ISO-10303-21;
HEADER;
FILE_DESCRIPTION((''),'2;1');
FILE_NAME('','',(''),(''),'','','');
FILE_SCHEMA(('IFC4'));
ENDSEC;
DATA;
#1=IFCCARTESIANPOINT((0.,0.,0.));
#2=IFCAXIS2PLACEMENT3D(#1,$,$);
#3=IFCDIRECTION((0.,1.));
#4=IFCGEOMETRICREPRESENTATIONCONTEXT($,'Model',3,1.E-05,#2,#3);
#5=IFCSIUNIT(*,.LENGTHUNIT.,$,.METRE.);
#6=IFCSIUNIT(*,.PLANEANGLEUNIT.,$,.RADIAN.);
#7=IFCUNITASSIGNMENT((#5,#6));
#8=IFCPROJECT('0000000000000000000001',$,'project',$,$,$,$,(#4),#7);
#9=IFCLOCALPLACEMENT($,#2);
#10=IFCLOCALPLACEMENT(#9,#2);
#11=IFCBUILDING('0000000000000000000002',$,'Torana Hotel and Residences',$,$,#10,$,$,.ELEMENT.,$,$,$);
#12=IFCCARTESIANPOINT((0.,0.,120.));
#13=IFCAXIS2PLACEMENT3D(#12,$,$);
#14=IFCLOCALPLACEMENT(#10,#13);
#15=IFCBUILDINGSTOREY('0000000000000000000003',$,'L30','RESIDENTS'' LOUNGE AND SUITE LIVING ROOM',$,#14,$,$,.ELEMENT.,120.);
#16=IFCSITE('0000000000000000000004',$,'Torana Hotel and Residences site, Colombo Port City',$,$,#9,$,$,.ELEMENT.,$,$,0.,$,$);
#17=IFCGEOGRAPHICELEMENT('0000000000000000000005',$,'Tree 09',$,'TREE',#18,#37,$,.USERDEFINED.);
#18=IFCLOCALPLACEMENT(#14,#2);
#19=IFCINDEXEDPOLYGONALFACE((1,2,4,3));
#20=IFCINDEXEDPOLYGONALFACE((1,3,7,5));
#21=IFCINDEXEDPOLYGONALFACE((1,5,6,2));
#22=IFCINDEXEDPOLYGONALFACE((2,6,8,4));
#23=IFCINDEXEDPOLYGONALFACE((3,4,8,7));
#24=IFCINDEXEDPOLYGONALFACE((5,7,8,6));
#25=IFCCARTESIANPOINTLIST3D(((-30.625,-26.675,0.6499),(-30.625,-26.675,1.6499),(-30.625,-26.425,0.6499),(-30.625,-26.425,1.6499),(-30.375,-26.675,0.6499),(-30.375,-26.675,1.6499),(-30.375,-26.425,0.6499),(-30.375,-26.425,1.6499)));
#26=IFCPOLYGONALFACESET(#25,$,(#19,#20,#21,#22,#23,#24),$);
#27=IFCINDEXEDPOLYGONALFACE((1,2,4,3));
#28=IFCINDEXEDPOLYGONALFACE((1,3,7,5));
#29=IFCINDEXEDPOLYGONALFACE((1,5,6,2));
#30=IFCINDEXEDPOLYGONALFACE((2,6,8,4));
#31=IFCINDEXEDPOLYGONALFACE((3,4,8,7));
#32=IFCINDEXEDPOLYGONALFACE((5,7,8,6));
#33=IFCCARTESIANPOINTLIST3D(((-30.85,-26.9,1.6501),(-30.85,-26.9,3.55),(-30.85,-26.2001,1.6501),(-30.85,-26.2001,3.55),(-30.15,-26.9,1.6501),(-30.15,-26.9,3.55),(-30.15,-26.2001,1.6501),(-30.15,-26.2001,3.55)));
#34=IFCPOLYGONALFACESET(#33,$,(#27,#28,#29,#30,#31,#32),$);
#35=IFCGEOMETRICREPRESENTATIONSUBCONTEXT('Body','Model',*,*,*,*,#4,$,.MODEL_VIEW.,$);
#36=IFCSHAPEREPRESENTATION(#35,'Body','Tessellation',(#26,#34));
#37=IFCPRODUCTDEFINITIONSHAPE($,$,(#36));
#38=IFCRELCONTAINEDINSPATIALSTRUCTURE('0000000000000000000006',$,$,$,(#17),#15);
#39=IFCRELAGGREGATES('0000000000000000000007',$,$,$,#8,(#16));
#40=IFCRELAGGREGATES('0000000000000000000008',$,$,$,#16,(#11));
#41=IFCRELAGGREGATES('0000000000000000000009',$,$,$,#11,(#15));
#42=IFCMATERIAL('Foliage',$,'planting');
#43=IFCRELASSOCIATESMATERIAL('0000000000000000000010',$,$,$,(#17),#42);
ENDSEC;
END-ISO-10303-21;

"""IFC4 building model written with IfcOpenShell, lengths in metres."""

from ifc_helpers import new_model, si_unit, direction, frame, origin, origin_2d, place, context, subcontext, project, spatial, rectangle, extrude, material, element, save


model = new_model("IFC4")

# Units and contexts
model_context = context("Model", 3, precision=1e-05, world=origin(), true_north=direction((0.0, 1.0)))
body_context = subcontext(model_context, "Body", "Model", "MODEL_VIEW")
ifc_project = project(units=[si_unit("LENGTHUNIT", "METRE"), si_unit("PLANEANGLEUNIT", "RADIAN")], contexts=[model_context])

# Site, building, storey
site_placement = place(None, origin())
site = spatial("IfcSite", under=ifc_project, at=site_placement, Name="Torana Hotel and Residences site, Colombo Port City", CompositionType="ELEMENT", RefElevation=0.0)
building_placement = place(site_placement, origin())
building = spatial("IfcBuilding", under=site, at=building_placement, Name="Torana Hotel and Residences", CompositionType="ELEMENT")
storey_placement = place(building_placement, frame((0.0, 0.0, 120.0)))
storey = spatial("IfcBuildingStorey", under=building, at=storey_placement, Name="L30", Description="RESIDENTS' LOUNGE AND SUITE LIVING ROOM", CompositionType="ELEMENT", Elevation=120.0)

# Geographic element
ifc_material_1 = material(Name="Foliage", Category="planting")
geographic_element_placement = place(storey_placement, frame((-30.5, -26.55, 0.6499), z_axis=(0.0, 0.0, 1.0), x_axis=(1.0, 0.0, 0.0)))
element("IfcGeographicElement", 1, at=geographic_element_placement, inside=storey, material=ifc_material_1, Name="Tree 09", ObjectType="TREE", PredefinedType="USERDEFINED", context=body_context, shape_type="SweptSolid", body=[
    extrude(rectangle(XDim=0.25, YDim=0.25, at=origin_2d()), origin(), (0.0, 0.0, 1.0), 1.0),
    extrude(rectangle(XDim=0.7, YDim=0.7, at=origin_2d()), frame((0.0, 0.0, 1.0002)), (0.0, 0.0, 1.0), 1.8999),
])

save(model, "model.ifc")
